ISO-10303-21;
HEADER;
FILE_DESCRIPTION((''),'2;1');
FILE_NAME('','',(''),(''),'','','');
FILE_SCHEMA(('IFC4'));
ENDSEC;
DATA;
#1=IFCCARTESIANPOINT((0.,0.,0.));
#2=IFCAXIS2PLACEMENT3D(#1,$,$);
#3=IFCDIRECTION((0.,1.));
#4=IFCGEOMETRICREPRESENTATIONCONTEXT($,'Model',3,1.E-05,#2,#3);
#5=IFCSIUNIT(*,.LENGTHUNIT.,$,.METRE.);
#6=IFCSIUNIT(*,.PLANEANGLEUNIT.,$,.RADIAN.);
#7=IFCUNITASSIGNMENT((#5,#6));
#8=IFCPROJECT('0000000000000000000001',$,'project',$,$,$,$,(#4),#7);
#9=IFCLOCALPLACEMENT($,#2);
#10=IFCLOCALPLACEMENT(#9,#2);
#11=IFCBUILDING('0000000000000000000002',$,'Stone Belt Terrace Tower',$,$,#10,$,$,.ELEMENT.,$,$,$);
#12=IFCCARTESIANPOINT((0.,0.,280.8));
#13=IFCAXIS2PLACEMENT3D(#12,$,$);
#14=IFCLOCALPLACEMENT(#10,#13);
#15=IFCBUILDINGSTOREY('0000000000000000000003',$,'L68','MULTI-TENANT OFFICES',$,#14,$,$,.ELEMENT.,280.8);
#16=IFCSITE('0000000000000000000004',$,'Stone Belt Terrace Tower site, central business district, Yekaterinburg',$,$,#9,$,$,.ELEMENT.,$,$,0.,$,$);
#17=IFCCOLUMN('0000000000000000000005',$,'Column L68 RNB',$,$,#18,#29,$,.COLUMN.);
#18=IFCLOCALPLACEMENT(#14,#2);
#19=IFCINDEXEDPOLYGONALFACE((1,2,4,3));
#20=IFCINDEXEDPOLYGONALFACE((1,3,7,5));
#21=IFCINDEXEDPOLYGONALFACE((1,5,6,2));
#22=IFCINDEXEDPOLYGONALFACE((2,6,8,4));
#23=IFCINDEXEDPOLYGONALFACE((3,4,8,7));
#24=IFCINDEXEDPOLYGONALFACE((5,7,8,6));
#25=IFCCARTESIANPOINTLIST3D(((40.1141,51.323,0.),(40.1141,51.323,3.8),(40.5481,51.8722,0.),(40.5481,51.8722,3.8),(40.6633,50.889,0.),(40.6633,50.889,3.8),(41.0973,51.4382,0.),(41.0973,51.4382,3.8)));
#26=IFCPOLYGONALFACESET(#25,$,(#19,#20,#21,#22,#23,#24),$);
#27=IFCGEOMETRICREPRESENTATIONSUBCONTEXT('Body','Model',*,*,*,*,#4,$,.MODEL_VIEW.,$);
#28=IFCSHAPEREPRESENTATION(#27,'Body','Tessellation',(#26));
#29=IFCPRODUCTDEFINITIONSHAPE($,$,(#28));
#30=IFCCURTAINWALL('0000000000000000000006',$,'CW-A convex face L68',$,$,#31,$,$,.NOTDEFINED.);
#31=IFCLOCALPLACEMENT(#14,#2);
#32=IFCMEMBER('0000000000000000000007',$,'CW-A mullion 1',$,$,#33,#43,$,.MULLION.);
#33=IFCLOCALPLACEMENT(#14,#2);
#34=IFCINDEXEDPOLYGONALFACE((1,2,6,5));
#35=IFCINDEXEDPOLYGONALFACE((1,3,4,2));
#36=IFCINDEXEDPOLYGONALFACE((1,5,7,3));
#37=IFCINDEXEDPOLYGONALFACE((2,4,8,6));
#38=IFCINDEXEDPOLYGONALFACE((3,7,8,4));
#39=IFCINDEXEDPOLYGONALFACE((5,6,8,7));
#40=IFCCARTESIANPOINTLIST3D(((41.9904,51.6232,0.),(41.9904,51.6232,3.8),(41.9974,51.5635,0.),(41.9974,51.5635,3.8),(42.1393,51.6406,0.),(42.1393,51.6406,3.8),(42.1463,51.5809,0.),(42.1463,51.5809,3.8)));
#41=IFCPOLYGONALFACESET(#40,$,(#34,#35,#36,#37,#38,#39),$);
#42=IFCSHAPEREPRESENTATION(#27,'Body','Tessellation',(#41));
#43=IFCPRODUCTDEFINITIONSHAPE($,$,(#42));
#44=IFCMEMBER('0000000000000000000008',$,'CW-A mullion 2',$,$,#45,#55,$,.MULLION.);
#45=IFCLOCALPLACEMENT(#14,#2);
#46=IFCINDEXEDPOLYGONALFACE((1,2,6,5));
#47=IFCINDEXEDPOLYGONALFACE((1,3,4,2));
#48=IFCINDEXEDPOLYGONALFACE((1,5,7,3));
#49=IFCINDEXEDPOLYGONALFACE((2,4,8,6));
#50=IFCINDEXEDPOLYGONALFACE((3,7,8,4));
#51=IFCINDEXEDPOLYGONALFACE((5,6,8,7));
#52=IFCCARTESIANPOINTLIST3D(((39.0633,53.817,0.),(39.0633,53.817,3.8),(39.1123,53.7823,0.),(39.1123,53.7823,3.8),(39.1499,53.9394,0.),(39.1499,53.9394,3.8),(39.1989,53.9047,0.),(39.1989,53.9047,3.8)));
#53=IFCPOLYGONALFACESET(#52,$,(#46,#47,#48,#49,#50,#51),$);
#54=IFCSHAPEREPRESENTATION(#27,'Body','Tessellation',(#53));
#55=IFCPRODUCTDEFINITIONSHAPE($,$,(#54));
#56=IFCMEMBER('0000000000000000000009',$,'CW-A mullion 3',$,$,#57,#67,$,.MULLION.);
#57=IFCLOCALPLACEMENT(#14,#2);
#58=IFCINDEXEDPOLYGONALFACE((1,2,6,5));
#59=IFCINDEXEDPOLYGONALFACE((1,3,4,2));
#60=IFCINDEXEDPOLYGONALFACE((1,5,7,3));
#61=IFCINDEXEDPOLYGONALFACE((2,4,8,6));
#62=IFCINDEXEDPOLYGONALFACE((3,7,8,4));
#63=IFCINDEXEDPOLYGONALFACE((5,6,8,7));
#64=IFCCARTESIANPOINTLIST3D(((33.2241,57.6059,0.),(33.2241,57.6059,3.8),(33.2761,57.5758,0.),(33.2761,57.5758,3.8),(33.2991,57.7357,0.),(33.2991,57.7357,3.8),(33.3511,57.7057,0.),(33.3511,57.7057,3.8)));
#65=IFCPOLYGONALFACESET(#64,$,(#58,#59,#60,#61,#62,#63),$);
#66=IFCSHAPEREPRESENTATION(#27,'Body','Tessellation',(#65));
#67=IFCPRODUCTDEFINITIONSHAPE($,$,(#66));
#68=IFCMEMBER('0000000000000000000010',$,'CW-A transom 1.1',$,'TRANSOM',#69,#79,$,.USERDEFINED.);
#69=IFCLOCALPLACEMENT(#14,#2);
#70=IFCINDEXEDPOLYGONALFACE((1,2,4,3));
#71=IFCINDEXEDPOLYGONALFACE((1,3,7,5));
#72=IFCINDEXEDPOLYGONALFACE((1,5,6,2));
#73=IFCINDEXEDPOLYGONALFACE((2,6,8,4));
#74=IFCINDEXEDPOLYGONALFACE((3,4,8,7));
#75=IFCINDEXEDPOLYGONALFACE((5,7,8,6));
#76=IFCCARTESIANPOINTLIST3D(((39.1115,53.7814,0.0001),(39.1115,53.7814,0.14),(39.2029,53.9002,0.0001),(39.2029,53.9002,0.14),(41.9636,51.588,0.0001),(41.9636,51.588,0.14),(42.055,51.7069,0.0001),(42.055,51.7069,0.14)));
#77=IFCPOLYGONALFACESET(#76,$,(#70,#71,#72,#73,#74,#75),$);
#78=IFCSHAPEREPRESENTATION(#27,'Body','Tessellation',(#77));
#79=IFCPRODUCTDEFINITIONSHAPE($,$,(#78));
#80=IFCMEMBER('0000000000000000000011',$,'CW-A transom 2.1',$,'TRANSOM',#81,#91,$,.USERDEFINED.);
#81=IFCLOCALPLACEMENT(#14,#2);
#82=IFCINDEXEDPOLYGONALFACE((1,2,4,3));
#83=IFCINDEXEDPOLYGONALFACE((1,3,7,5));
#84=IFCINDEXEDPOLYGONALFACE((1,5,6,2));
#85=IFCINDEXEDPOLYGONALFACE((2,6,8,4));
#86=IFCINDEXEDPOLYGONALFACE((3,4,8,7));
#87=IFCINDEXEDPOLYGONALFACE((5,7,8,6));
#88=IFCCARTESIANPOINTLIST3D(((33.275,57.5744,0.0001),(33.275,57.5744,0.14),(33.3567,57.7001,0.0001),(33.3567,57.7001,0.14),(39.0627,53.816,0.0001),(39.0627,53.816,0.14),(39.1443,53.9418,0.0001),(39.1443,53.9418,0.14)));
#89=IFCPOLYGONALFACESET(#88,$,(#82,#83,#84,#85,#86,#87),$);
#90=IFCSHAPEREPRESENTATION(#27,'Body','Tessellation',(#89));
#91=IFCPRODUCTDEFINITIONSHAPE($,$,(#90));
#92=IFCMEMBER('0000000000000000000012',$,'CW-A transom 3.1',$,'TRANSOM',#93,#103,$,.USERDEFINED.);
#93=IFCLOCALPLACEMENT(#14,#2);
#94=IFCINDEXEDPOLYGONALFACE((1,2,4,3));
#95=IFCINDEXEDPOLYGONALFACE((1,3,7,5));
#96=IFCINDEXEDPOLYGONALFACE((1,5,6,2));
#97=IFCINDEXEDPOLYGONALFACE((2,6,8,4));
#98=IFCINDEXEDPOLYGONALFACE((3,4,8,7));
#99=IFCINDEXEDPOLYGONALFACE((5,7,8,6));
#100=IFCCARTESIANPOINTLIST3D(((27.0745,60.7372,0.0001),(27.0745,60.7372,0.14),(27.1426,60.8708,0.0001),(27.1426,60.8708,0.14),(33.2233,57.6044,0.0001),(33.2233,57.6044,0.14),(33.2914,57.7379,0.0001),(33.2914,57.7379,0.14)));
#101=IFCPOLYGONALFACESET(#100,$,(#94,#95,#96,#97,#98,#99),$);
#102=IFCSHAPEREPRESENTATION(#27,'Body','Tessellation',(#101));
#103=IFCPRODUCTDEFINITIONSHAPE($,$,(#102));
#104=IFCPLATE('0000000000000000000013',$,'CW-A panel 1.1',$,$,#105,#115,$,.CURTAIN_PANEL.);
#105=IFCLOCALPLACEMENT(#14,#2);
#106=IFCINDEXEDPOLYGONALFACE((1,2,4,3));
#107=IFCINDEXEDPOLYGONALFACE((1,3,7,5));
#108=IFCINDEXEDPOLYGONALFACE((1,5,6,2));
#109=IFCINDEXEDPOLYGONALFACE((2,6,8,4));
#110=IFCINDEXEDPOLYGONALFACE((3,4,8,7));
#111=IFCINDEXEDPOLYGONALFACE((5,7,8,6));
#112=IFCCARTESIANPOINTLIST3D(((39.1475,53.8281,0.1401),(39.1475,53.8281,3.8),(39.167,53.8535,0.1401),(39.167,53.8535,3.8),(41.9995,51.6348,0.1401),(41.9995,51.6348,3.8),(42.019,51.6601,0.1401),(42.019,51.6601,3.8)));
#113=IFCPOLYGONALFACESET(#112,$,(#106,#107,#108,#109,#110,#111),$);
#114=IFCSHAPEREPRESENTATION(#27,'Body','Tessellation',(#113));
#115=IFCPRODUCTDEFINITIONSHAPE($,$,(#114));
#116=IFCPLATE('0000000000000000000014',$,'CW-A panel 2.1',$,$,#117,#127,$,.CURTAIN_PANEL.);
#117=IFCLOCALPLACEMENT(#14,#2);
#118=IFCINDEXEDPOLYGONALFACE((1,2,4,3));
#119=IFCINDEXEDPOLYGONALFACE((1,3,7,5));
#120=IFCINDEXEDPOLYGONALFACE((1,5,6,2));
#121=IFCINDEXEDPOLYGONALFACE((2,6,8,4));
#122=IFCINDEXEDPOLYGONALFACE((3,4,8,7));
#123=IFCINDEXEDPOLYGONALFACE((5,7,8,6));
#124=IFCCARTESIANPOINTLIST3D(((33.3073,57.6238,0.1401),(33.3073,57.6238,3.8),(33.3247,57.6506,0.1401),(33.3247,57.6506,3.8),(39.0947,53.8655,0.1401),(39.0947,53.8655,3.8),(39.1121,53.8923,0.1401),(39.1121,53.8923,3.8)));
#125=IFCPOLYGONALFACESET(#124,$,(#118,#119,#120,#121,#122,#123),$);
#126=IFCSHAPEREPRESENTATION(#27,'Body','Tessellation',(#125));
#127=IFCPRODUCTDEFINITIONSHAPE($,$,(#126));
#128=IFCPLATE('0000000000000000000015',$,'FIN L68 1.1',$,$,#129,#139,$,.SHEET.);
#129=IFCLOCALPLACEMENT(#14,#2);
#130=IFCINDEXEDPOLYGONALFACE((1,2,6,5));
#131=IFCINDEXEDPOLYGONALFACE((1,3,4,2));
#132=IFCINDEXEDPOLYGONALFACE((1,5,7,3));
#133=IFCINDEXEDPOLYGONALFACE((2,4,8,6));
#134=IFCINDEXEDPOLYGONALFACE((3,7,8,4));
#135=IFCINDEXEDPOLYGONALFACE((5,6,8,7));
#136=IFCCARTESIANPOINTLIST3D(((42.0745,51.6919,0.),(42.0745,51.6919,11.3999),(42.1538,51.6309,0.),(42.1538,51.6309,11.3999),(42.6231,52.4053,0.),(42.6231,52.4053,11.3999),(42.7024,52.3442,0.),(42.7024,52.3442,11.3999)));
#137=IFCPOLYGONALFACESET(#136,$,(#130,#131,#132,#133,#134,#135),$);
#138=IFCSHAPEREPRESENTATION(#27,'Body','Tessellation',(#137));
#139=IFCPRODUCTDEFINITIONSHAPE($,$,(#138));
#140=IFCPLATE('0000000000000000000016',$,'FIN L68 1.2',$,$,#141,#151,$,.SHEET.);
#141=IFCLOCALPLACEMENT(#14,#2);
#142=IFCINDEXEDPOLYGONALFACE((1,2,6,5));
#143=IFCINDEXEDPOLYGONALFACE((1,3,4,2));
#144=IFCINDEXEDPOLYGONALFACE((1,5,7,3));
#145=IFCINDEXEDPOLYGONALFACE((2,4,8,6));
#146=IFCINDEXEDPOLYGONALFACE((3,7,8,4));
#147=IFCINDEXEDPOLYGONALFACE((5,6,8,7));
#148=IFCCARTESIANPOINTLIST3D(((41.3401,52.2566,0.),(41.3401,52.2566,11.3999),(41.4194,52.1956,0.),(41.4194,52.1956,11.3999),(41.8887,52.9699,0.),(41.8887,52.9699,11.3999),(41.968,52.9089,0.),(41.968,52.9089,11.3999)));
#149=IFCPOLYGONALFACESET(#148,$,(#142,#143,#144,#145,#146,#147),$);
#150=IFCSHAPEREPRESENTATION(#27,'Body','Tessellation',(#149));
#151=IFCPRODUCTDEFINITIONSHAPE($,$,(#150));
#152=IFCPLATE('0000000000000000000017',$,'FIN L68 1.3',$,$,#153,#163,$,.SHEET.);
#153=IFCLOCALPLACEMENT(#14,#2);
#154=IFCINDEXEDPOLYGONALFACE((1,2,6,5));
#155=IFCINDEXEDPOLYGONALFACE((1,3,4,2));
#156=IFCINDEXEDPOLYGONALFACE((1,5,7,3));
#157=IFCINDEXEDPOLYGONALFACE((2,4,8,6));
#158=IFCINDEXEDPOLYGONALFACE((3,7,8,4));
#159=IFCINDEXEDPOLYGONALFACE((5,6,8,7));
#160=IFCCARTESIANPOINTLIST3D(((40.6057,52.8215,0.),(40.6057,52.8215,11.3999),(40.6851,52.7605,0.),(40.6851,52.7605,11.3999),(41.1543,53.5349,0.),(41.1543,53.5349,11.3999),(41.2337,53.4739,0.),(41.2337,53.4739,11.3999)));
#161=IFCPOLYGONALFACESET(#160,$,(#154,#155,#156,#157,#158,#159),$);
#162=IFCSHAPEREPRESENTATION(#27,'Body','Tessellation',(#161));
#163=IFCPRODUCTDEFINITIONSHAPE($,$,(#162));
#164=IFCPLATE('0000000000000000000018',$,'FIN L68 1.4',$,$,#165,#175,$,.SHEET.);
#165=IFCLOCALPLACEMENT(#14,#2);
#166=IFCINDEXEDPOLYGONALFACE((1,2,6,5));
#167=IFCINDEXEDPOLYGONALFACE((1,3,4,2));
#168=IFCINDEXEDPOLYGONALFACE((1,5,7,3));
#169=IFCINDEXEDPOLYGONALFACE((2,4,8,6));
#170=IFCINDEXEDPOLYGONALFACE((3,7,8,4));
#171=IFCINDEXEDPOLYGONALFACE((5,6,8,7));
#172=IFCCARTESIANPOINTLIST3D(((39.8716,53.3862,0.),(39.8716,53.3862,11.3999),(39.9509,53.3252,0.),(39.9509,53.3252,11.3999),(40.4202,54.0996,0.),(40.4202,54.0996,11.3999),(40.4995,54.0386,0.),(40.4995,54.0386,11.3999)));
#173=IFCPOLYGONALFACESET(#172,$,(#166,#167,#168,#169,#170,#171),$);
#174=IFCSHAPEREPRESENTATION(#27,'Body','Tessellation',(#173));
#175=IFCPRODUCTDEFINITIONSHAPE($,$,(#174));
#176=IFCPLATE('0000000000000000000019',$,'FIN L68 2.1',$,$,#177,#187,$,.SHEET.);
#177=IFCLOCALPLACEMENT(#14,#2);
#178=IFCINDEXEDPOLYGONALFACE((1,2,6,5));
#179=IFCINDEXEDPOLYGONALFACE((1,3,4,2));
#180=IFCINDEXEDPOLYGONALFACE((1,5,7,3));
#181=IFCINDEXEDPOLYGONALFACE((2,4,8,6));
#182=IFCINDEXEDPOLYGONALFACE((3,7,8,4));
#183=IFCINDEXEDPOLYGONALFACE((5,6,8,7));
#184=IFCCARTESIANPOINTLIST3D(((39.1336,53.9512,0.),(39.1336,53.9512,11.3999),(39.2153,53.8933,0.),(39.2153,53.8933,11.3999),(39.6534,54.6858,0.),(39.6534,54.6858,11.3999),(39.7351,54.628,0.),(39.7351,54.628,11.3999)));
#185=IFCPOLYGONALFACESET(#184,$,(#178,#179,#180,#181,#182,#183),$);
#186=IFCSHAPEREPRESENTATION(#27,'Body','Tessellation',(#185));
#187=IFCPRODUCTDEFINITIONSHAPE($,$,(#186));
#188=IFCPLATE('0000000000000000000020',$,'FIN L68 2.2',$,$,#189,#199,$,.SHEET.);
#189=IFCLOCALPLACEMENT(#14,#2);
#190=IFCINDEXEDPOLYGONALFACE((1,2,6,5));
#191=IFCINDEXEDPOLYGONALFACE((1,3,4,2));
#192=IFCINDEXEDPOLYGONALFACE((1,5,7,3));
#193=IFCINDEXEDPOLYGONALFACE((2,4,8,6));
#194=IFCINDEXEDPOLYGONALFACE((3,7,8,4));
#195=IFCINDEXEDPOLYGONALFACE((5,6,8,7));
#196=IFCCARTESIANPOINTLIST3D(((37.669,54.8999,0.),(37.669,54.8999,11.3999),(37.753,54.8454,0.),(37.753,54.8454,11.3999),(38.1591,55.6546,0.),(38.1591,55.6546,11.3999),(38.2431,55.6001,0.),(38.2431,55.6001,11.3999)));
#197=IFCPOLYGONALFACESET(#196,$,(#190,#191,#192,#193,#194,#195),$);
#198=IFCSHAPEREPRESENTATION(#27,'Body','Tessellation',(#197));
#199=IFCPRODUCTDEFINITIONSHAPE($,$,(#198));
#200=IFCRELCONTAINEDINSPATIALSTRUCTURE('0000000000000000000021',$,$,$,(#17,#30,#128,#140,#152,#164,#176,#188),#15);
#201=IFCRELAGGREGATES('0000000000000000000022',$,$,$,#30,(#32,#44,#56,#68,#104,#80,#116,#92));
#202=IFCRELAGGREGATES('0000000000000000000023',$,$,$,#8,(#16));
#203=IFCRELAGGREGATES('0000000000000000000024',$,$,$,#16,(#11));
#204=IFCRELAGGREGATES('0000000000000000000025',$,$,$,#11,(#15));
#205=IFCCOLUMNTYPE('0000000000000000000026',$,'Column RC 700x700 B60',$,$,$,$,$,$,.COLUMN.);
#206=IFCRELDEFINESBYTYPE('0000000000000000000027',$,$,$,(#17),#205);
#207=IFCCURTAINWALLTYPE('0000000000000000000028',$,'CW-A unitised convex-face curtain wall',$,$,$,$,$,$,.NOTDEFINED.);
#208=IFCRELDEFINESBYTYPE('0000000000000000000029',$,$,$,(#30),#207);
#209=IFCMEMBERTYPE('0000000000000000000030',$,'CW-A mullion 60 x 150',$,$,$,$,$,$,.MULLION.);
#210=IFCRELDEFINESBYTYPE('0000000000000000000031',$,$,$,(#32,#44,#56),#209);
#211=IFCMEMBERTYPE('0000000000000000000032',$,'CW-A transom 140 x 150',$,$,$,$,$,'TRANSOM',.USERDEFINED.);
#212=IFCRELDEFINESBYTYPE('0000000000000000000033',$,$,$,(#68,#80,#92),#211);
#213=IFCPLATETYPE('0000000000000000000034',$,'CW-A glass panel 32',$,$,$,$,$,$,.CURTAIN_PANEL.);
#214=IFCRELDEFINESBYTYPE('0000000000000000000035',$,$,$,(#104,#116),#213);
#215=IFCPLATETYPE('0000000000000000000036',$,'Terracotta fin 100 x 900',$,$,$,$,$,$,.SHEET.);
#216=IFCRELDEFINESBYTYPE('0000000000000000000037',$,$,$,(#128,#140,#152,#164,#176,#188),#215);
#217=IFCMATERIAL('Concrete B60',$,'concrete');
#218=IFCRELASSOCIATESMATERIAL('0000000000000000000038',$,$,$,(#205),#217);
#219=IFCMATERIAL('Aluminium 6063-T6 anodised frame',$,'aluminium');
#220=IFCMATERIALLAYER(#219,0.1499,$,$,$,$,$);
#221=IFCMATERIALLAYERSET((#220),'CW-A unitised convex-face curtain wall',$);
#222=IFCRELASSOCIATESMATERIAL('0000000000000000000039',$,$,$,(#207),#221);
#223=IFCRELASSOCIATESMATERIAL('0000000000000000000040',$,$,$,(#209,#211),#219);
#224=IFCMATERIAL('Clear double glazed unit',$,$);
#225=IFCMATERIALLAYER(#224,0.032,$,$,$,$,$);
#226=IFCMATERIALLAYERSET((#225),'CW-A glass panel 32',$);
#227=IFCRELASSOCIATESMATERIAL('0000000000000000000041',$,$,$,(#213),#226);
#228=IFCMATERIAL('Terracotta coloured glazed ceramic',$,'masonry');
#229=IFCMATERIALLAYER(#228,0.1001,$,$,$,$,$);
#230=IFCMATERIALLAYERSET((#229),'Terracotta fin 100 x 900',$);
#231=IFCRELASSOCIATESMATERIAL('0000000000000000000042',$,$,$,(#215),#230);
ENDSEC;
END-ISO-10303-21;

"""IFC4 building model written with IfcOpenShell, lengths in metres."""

from ifc_helpers import new_model, si_unit, direction, frame, origin, origin_2d, place, context, subcontext, project, spatial, rectangle, extrude, material, layer, layer_set, material_profile, profile_set, type_object, element, aggregate, save


model = new_model("IFC4")

# Units and contexts
model_context = context("Model", 3, precision=1e-05, world=origin(), true_north=direction((0.0, 1.0)))
body_context = subcontext(model_context, "Body", "Model", "MODEL_VIEW")
ifc_project = project(units=[si_unit("LENGTHUNIT", "METRE"), si_unit("PLANEANGLEUNIT", "RADIAN")], contexts=[model_context])

# Site, building, storey
site_placement = place(None, origin())
site = spatial("IfcSite", under=ifc_project, at=site_placement, Name="Stone Belt Terrace Tower site, central business district, Yekaterinburg", CompositionType="ELEMENT", RefElevation=0.0)
building_placement = place(site_placement, origin())
building = spatial("IfcBuilding", under=site, at=building_placement, Name="Stone Belt Terrace Tower", CompositionType="ELEMENT")
storey_placement = place(building_placement, frame((0.0, 0.0, 280.8)))
storey = spatial("IfcBuildingStorey", under=building, at=storey_placement, Name="L68", Description="MULTI-TENANT OFFICES", CompositionType="ELEMENT", Elevation=280.8)

# Column
ifc_material_1 = material(Name="Concrete B60", Category="concrete")
ifc_material_profile_1 = material_profile(ifc_material_1, rectangle(XDim=0.7, YDim=0.7, at=origin_2d()), Name="RC 700x700")
ifc_profile_set_1 = profile_set([ifc_material_profile_1], Name="Concrete B60")
column_type = type_object("IfcColumnType", Name="Column RC 700x700 B60", PredefinedType="COLUMN", material=ifc_profile_set_1)
column_placement = place(storey_placement, frame((40.6057, 51.3806, 0.0), z_axis=(0.0, 0.0, 1.0), x_axis=(0.78457, -0.620041, 0.0)))
element("IfcColumn", 1, at=column_placement, inside=storey, type_object=column_type, Name="Column L68 RNB", PredefinedType="COLUMN", context=body_context, shape_type="SweptSolid", body=[
    extrude(rectangle(XDim=0.7, YDim=0.7, at=origin_2d()), origin(), (0.0, 0.0, 1.0), 3.8),
])

# Curtain wall, members, plates
ifc_material_2 = material(Name="Aluminium 6063-T6 anodised frame", Category="aluminium")
ifc_layer_1 = layer(ifc_material_2, 0.1499)
ifc_layer_set_1 = layer_set([ifc_layer_1], Name="CW-A unitised convex-face curtain wall")
curtain_wall_type = type_object("IfcCurtainWallType", Name="CW-A unitised convex-face curtain wall", PredefinedType="NOTDEFINED", material=ifc_layer_set_1)
curtain_wall_placement = place(storey_placement, origin())
curtain_wall = element("IfcCurtainWall", 2, at=curtain_wall_placement, inside=storey, type_object=curtain_wall_type, Name="CW-A convex face L68", PredefinedType="NOTDEFINED")
ifc_material_profile_2 = material_profile(ifc_material_2, rectangle(XDim=0.1499, YDim=0.0601, at=origin_2d()), Name="Aluminium 6063-T6 60x150")
ifc_profile_set_2 = profile_set([ifc_material_profile_2], Name="Aluminium 6063-T6 anodised frame")
member_type_1 = type_object("IfcMemberType", Name="CW-A mullion 60 x 150", PredefinedType="MULLION", material=ifc_profile_set_2)
member_1_placement = place(storey_placement, frame((42.0684, 51.6021, 0.0), z_axis=(0.0, 0.0, 1.0), x_axis=(-0.993258, -0.115925, 0.0)))
member_1 = element("IfcMember", 3, at=member_1_placement, type_object=member_type_1, Name="CW-A mullion 1", PredefinedType="MULLION", context=body_context, shape_type="SweptSolid", body=[
    extrude(rectangle(XDim=0.1499, YDim=0.0601, at=origin_2d()), origin(), (0.0, 0.0, 1.0), 3.8),
])
member_2_placement = place(storey_placement, frame((39.1311, 53.8608, 0.0), z_axis=(0.0, 0.0, 1.0), x_axis=(-0.577587, -0.816329, 0.0)))
member_2 = element("IfcMember", 4, at=member_2_placement, type_object=member_type_1, Name="CW-A mullion 2", PredefinedType="MULLION", context=body_context, shape_type="SweptSolid", body=[
    extrude(rectangle(XDim=0.1499, YDim=0.0601, at=origin_2d()), origin(), (0.0, 0.0, 1.0), 3.8),
])
member_3_placement = place(storey_placement, frame((33.2876, 57.6558, 0.0), z_axis=(0.0, 0.0, 1.0), x_axis=(-0.5, -0.866025, 0.0)))
member_3 = element("IfcMember", 5, at=member_3_placement, type_object=member_type_1, Name="CW-A mullion 3", PredefinedType="MULLION", context=body_context, shape_type="SweptSolid", body=[
    extrude(rectangle(XDim=0.1499, YDim=0.0601, at=origin_2d()), origin(), (0.0, 0.0, 1.0), 3.8),
])
ifc_material_profile_3 = material_profile(ifc_material_2, rectangle(XDim=0.1499, YDim=0.1399, at=origin_2d()), Name="Aluminium 6063-T6 150x140")
ifc_profile_set_3 = profile_set([ifc_material_profile_3], Name="Aluminium 6063-T6 anodised frame")
member_type_2 = type_object("IfcMemberType", Name="CW-A transom 140 x 150", ElementType="TRANSOM", PredefinedType="USERDEFINED", material=ifc_profile_set_3)
member_4_placement = place(storey_placement, frame((42.0093, 51.6475, 0.0701), z_axis=(-0.792695, 0.609619, 0.0), x_axis=(-0.609619, -0.792695, 0.0)))
member_4 = element("IfcMember", 6, at=member_4_placement, type_object=member_type_2, Name="CW-A transom 1.1", ObjectType="TRANSOM", PredefinedType="USERDEFINED", context=body_context, shape_type="SweptSolid", body=[
    extrude(rectangle(XDim=0.1499, YDim=0.1399, at=origin_2d()), origin(), (0.0, 0.0, 1.0), 3.5979),
])
member_5_placement = place(storey_placement, frame((39.1035, 53.8789, 0.0701), z_axis=(-0.838684, 0.544618, 0.0), x_axis=(-0.544618, -0.838684, 0.0)))
member_5 = element("IfcMember", 7, at=member_5_placement, type_object=member_type_2, Name="CW-A transom 2.1", ObjectType="TRANSOM", PredefinedType="USERDEFINED", context=body_context, shape_type="SweptSolid", body=[
    extrude(rectangle(XDim=0.1499, YDim=0.1399, at=origin_2d()), origin(), (0.0, 0.0, 1.0), 6.9009),
])
member_6_placement = place(storey_placement, frame((33.2573, 57.6711, 0.0701), z_axis=(-0.891012, 0.453979, 0.0), x_axis=(-0.453979, -0.891012, 0.0)))
member_6 = element("IfcMember", 8, at=member_6_placement, type_object=member_type_2, Name="CW-A transom 3.1", ObjectType="TRANSOM", PredefinedType="USERDEFINED", context=body_context, shape_type="SweptSolid", body=[
    extrude(rectangle(XDim=0.1499, YDim=0.1399, at=origin_2d()), origin(), (0.0, 0.0, 1.0), 6.9009),
])
ifc_material_3 = material(Name="Clear double glazed unit")
ifc_layer_2 = layer(ifc_material_3, 0.032)
ifc_layer_set_2 = layer_set([ifc_layer_2], Name="CW-A glass panel 32")
plate_type_1 = type_object("IfcPlateType", Name="CW-A glass panel 32", PredefinedType="CURTAIN_PANEL", material=ifc_layer_set_2)
plate_1_placement = place(storey_placement, frame((40.5833, 52.7441, 0.1401), z_axis=(0.0, 0.0, 1.0), x_axis=(-0.792694, 0.60962, 0.0)))
plate_1 = element("IfcPlate", 9, at=plate_1_placement, type_object=plate_type_1, Name="CW-A panel 1.1", PredefinedType="CURTAIN_PANEL", context=body_context, shape_type="SweptSolid", body=[
    extrude(rectangle(XDim=3.5979, YDim=0.032, at=origin_2d()), origin(), (0.0, 0.0, 1.0), 3.6599),
])
plate_2_placement = place(storey_placement, frame((36.2097, 55.7581, 0.1401), z_axis=(0.0, 0.0, 1.0), x_axis=(-0.838671, 0.544639, 0.0)))
plate_2 = element("IfcPlate", 10, at=plate_2_placement, type_object=plate_type_1, Name="CW-A panel 2.1", PredefinedType="CURTAIN_PANEL", context=body_context, shape_type="SweptSolid", body=[
    extrude(rectangle(XDim=6.9006, YDim=0.032, at=origin_2d()), origin(), (0.0, 0.0, 1.0), 3.6599),
])
aggregate(curtain_wall, [member_1, member_2, member_3, member_4, plate_1, member_5, plate_2, member_6])

# Plates
ifc_material_4 = material(Name="Terracotta coloured glazed ceramic", Category="masonry")
ifc_layer_3 = layer(ifc_material_4, 0.1001)
ifc_layer_set_3 = layer_set([ifc_layer_3], Name="Terracotta fin 100 x 900")
plate_type_2 = type_object("IfcPlateType", Name="Terracotta fin 100 x 900", PredefinedType="SHEET", material=ifc_layer_set_3)
for number, where, z_axis, x_axis, name in (
    (11, (42.3884, 52.0181, 0.0), (0.0, 0.0, 1.0), (0.60962, 0.792694, 0.0), "FIN L68 1.1"),
    (12, (41.6541, 52.5828, 0.0), (0.0, 0.0, 1.0), (0.60962, 0.792694, 0.0), "FIN L68 1.2"),
    (13, (40.9197, 53.1477, 0.0), (0.0, 0.0, 1.0), (0.60962, 0.792694, 0.0), "FIN L68 1.3"),
    (14, (40.1855, 53.7124, 0.0), (0.0, 0.0, 1.0), (0.60962, 0.792694, 0.0), "FIN L68 1.4"),
    (15, (39.4343, 54.2896, 0.0), (0.0, 0.0, 1.0), (0.577587, 0.816329, 0.0), "FIN L68 2.1"),
    (16, (37.9561, 55.25, 0.0), (0.0, 0.0, 1.0), (0.544639, 0.838671, 0.0), "FIN L68 2.2"),
):
    element("IfcPlate", number, at=place(storey_placement, frame(where, z_axis=z_axis, x_axis=x_axis)), inside=storey, type_object=plate_type_2, Name=name, PredefinedType="SHEET", context=body_context, shape_type="SweptSolid", body=[
        extrude(rectangle(XDim=0.8999, YDim=0.1001, at=origin_2d()), origin(), (0.0, 0.0, 1.0), 11.3999),
    ])

save(model, "model.ifc")
